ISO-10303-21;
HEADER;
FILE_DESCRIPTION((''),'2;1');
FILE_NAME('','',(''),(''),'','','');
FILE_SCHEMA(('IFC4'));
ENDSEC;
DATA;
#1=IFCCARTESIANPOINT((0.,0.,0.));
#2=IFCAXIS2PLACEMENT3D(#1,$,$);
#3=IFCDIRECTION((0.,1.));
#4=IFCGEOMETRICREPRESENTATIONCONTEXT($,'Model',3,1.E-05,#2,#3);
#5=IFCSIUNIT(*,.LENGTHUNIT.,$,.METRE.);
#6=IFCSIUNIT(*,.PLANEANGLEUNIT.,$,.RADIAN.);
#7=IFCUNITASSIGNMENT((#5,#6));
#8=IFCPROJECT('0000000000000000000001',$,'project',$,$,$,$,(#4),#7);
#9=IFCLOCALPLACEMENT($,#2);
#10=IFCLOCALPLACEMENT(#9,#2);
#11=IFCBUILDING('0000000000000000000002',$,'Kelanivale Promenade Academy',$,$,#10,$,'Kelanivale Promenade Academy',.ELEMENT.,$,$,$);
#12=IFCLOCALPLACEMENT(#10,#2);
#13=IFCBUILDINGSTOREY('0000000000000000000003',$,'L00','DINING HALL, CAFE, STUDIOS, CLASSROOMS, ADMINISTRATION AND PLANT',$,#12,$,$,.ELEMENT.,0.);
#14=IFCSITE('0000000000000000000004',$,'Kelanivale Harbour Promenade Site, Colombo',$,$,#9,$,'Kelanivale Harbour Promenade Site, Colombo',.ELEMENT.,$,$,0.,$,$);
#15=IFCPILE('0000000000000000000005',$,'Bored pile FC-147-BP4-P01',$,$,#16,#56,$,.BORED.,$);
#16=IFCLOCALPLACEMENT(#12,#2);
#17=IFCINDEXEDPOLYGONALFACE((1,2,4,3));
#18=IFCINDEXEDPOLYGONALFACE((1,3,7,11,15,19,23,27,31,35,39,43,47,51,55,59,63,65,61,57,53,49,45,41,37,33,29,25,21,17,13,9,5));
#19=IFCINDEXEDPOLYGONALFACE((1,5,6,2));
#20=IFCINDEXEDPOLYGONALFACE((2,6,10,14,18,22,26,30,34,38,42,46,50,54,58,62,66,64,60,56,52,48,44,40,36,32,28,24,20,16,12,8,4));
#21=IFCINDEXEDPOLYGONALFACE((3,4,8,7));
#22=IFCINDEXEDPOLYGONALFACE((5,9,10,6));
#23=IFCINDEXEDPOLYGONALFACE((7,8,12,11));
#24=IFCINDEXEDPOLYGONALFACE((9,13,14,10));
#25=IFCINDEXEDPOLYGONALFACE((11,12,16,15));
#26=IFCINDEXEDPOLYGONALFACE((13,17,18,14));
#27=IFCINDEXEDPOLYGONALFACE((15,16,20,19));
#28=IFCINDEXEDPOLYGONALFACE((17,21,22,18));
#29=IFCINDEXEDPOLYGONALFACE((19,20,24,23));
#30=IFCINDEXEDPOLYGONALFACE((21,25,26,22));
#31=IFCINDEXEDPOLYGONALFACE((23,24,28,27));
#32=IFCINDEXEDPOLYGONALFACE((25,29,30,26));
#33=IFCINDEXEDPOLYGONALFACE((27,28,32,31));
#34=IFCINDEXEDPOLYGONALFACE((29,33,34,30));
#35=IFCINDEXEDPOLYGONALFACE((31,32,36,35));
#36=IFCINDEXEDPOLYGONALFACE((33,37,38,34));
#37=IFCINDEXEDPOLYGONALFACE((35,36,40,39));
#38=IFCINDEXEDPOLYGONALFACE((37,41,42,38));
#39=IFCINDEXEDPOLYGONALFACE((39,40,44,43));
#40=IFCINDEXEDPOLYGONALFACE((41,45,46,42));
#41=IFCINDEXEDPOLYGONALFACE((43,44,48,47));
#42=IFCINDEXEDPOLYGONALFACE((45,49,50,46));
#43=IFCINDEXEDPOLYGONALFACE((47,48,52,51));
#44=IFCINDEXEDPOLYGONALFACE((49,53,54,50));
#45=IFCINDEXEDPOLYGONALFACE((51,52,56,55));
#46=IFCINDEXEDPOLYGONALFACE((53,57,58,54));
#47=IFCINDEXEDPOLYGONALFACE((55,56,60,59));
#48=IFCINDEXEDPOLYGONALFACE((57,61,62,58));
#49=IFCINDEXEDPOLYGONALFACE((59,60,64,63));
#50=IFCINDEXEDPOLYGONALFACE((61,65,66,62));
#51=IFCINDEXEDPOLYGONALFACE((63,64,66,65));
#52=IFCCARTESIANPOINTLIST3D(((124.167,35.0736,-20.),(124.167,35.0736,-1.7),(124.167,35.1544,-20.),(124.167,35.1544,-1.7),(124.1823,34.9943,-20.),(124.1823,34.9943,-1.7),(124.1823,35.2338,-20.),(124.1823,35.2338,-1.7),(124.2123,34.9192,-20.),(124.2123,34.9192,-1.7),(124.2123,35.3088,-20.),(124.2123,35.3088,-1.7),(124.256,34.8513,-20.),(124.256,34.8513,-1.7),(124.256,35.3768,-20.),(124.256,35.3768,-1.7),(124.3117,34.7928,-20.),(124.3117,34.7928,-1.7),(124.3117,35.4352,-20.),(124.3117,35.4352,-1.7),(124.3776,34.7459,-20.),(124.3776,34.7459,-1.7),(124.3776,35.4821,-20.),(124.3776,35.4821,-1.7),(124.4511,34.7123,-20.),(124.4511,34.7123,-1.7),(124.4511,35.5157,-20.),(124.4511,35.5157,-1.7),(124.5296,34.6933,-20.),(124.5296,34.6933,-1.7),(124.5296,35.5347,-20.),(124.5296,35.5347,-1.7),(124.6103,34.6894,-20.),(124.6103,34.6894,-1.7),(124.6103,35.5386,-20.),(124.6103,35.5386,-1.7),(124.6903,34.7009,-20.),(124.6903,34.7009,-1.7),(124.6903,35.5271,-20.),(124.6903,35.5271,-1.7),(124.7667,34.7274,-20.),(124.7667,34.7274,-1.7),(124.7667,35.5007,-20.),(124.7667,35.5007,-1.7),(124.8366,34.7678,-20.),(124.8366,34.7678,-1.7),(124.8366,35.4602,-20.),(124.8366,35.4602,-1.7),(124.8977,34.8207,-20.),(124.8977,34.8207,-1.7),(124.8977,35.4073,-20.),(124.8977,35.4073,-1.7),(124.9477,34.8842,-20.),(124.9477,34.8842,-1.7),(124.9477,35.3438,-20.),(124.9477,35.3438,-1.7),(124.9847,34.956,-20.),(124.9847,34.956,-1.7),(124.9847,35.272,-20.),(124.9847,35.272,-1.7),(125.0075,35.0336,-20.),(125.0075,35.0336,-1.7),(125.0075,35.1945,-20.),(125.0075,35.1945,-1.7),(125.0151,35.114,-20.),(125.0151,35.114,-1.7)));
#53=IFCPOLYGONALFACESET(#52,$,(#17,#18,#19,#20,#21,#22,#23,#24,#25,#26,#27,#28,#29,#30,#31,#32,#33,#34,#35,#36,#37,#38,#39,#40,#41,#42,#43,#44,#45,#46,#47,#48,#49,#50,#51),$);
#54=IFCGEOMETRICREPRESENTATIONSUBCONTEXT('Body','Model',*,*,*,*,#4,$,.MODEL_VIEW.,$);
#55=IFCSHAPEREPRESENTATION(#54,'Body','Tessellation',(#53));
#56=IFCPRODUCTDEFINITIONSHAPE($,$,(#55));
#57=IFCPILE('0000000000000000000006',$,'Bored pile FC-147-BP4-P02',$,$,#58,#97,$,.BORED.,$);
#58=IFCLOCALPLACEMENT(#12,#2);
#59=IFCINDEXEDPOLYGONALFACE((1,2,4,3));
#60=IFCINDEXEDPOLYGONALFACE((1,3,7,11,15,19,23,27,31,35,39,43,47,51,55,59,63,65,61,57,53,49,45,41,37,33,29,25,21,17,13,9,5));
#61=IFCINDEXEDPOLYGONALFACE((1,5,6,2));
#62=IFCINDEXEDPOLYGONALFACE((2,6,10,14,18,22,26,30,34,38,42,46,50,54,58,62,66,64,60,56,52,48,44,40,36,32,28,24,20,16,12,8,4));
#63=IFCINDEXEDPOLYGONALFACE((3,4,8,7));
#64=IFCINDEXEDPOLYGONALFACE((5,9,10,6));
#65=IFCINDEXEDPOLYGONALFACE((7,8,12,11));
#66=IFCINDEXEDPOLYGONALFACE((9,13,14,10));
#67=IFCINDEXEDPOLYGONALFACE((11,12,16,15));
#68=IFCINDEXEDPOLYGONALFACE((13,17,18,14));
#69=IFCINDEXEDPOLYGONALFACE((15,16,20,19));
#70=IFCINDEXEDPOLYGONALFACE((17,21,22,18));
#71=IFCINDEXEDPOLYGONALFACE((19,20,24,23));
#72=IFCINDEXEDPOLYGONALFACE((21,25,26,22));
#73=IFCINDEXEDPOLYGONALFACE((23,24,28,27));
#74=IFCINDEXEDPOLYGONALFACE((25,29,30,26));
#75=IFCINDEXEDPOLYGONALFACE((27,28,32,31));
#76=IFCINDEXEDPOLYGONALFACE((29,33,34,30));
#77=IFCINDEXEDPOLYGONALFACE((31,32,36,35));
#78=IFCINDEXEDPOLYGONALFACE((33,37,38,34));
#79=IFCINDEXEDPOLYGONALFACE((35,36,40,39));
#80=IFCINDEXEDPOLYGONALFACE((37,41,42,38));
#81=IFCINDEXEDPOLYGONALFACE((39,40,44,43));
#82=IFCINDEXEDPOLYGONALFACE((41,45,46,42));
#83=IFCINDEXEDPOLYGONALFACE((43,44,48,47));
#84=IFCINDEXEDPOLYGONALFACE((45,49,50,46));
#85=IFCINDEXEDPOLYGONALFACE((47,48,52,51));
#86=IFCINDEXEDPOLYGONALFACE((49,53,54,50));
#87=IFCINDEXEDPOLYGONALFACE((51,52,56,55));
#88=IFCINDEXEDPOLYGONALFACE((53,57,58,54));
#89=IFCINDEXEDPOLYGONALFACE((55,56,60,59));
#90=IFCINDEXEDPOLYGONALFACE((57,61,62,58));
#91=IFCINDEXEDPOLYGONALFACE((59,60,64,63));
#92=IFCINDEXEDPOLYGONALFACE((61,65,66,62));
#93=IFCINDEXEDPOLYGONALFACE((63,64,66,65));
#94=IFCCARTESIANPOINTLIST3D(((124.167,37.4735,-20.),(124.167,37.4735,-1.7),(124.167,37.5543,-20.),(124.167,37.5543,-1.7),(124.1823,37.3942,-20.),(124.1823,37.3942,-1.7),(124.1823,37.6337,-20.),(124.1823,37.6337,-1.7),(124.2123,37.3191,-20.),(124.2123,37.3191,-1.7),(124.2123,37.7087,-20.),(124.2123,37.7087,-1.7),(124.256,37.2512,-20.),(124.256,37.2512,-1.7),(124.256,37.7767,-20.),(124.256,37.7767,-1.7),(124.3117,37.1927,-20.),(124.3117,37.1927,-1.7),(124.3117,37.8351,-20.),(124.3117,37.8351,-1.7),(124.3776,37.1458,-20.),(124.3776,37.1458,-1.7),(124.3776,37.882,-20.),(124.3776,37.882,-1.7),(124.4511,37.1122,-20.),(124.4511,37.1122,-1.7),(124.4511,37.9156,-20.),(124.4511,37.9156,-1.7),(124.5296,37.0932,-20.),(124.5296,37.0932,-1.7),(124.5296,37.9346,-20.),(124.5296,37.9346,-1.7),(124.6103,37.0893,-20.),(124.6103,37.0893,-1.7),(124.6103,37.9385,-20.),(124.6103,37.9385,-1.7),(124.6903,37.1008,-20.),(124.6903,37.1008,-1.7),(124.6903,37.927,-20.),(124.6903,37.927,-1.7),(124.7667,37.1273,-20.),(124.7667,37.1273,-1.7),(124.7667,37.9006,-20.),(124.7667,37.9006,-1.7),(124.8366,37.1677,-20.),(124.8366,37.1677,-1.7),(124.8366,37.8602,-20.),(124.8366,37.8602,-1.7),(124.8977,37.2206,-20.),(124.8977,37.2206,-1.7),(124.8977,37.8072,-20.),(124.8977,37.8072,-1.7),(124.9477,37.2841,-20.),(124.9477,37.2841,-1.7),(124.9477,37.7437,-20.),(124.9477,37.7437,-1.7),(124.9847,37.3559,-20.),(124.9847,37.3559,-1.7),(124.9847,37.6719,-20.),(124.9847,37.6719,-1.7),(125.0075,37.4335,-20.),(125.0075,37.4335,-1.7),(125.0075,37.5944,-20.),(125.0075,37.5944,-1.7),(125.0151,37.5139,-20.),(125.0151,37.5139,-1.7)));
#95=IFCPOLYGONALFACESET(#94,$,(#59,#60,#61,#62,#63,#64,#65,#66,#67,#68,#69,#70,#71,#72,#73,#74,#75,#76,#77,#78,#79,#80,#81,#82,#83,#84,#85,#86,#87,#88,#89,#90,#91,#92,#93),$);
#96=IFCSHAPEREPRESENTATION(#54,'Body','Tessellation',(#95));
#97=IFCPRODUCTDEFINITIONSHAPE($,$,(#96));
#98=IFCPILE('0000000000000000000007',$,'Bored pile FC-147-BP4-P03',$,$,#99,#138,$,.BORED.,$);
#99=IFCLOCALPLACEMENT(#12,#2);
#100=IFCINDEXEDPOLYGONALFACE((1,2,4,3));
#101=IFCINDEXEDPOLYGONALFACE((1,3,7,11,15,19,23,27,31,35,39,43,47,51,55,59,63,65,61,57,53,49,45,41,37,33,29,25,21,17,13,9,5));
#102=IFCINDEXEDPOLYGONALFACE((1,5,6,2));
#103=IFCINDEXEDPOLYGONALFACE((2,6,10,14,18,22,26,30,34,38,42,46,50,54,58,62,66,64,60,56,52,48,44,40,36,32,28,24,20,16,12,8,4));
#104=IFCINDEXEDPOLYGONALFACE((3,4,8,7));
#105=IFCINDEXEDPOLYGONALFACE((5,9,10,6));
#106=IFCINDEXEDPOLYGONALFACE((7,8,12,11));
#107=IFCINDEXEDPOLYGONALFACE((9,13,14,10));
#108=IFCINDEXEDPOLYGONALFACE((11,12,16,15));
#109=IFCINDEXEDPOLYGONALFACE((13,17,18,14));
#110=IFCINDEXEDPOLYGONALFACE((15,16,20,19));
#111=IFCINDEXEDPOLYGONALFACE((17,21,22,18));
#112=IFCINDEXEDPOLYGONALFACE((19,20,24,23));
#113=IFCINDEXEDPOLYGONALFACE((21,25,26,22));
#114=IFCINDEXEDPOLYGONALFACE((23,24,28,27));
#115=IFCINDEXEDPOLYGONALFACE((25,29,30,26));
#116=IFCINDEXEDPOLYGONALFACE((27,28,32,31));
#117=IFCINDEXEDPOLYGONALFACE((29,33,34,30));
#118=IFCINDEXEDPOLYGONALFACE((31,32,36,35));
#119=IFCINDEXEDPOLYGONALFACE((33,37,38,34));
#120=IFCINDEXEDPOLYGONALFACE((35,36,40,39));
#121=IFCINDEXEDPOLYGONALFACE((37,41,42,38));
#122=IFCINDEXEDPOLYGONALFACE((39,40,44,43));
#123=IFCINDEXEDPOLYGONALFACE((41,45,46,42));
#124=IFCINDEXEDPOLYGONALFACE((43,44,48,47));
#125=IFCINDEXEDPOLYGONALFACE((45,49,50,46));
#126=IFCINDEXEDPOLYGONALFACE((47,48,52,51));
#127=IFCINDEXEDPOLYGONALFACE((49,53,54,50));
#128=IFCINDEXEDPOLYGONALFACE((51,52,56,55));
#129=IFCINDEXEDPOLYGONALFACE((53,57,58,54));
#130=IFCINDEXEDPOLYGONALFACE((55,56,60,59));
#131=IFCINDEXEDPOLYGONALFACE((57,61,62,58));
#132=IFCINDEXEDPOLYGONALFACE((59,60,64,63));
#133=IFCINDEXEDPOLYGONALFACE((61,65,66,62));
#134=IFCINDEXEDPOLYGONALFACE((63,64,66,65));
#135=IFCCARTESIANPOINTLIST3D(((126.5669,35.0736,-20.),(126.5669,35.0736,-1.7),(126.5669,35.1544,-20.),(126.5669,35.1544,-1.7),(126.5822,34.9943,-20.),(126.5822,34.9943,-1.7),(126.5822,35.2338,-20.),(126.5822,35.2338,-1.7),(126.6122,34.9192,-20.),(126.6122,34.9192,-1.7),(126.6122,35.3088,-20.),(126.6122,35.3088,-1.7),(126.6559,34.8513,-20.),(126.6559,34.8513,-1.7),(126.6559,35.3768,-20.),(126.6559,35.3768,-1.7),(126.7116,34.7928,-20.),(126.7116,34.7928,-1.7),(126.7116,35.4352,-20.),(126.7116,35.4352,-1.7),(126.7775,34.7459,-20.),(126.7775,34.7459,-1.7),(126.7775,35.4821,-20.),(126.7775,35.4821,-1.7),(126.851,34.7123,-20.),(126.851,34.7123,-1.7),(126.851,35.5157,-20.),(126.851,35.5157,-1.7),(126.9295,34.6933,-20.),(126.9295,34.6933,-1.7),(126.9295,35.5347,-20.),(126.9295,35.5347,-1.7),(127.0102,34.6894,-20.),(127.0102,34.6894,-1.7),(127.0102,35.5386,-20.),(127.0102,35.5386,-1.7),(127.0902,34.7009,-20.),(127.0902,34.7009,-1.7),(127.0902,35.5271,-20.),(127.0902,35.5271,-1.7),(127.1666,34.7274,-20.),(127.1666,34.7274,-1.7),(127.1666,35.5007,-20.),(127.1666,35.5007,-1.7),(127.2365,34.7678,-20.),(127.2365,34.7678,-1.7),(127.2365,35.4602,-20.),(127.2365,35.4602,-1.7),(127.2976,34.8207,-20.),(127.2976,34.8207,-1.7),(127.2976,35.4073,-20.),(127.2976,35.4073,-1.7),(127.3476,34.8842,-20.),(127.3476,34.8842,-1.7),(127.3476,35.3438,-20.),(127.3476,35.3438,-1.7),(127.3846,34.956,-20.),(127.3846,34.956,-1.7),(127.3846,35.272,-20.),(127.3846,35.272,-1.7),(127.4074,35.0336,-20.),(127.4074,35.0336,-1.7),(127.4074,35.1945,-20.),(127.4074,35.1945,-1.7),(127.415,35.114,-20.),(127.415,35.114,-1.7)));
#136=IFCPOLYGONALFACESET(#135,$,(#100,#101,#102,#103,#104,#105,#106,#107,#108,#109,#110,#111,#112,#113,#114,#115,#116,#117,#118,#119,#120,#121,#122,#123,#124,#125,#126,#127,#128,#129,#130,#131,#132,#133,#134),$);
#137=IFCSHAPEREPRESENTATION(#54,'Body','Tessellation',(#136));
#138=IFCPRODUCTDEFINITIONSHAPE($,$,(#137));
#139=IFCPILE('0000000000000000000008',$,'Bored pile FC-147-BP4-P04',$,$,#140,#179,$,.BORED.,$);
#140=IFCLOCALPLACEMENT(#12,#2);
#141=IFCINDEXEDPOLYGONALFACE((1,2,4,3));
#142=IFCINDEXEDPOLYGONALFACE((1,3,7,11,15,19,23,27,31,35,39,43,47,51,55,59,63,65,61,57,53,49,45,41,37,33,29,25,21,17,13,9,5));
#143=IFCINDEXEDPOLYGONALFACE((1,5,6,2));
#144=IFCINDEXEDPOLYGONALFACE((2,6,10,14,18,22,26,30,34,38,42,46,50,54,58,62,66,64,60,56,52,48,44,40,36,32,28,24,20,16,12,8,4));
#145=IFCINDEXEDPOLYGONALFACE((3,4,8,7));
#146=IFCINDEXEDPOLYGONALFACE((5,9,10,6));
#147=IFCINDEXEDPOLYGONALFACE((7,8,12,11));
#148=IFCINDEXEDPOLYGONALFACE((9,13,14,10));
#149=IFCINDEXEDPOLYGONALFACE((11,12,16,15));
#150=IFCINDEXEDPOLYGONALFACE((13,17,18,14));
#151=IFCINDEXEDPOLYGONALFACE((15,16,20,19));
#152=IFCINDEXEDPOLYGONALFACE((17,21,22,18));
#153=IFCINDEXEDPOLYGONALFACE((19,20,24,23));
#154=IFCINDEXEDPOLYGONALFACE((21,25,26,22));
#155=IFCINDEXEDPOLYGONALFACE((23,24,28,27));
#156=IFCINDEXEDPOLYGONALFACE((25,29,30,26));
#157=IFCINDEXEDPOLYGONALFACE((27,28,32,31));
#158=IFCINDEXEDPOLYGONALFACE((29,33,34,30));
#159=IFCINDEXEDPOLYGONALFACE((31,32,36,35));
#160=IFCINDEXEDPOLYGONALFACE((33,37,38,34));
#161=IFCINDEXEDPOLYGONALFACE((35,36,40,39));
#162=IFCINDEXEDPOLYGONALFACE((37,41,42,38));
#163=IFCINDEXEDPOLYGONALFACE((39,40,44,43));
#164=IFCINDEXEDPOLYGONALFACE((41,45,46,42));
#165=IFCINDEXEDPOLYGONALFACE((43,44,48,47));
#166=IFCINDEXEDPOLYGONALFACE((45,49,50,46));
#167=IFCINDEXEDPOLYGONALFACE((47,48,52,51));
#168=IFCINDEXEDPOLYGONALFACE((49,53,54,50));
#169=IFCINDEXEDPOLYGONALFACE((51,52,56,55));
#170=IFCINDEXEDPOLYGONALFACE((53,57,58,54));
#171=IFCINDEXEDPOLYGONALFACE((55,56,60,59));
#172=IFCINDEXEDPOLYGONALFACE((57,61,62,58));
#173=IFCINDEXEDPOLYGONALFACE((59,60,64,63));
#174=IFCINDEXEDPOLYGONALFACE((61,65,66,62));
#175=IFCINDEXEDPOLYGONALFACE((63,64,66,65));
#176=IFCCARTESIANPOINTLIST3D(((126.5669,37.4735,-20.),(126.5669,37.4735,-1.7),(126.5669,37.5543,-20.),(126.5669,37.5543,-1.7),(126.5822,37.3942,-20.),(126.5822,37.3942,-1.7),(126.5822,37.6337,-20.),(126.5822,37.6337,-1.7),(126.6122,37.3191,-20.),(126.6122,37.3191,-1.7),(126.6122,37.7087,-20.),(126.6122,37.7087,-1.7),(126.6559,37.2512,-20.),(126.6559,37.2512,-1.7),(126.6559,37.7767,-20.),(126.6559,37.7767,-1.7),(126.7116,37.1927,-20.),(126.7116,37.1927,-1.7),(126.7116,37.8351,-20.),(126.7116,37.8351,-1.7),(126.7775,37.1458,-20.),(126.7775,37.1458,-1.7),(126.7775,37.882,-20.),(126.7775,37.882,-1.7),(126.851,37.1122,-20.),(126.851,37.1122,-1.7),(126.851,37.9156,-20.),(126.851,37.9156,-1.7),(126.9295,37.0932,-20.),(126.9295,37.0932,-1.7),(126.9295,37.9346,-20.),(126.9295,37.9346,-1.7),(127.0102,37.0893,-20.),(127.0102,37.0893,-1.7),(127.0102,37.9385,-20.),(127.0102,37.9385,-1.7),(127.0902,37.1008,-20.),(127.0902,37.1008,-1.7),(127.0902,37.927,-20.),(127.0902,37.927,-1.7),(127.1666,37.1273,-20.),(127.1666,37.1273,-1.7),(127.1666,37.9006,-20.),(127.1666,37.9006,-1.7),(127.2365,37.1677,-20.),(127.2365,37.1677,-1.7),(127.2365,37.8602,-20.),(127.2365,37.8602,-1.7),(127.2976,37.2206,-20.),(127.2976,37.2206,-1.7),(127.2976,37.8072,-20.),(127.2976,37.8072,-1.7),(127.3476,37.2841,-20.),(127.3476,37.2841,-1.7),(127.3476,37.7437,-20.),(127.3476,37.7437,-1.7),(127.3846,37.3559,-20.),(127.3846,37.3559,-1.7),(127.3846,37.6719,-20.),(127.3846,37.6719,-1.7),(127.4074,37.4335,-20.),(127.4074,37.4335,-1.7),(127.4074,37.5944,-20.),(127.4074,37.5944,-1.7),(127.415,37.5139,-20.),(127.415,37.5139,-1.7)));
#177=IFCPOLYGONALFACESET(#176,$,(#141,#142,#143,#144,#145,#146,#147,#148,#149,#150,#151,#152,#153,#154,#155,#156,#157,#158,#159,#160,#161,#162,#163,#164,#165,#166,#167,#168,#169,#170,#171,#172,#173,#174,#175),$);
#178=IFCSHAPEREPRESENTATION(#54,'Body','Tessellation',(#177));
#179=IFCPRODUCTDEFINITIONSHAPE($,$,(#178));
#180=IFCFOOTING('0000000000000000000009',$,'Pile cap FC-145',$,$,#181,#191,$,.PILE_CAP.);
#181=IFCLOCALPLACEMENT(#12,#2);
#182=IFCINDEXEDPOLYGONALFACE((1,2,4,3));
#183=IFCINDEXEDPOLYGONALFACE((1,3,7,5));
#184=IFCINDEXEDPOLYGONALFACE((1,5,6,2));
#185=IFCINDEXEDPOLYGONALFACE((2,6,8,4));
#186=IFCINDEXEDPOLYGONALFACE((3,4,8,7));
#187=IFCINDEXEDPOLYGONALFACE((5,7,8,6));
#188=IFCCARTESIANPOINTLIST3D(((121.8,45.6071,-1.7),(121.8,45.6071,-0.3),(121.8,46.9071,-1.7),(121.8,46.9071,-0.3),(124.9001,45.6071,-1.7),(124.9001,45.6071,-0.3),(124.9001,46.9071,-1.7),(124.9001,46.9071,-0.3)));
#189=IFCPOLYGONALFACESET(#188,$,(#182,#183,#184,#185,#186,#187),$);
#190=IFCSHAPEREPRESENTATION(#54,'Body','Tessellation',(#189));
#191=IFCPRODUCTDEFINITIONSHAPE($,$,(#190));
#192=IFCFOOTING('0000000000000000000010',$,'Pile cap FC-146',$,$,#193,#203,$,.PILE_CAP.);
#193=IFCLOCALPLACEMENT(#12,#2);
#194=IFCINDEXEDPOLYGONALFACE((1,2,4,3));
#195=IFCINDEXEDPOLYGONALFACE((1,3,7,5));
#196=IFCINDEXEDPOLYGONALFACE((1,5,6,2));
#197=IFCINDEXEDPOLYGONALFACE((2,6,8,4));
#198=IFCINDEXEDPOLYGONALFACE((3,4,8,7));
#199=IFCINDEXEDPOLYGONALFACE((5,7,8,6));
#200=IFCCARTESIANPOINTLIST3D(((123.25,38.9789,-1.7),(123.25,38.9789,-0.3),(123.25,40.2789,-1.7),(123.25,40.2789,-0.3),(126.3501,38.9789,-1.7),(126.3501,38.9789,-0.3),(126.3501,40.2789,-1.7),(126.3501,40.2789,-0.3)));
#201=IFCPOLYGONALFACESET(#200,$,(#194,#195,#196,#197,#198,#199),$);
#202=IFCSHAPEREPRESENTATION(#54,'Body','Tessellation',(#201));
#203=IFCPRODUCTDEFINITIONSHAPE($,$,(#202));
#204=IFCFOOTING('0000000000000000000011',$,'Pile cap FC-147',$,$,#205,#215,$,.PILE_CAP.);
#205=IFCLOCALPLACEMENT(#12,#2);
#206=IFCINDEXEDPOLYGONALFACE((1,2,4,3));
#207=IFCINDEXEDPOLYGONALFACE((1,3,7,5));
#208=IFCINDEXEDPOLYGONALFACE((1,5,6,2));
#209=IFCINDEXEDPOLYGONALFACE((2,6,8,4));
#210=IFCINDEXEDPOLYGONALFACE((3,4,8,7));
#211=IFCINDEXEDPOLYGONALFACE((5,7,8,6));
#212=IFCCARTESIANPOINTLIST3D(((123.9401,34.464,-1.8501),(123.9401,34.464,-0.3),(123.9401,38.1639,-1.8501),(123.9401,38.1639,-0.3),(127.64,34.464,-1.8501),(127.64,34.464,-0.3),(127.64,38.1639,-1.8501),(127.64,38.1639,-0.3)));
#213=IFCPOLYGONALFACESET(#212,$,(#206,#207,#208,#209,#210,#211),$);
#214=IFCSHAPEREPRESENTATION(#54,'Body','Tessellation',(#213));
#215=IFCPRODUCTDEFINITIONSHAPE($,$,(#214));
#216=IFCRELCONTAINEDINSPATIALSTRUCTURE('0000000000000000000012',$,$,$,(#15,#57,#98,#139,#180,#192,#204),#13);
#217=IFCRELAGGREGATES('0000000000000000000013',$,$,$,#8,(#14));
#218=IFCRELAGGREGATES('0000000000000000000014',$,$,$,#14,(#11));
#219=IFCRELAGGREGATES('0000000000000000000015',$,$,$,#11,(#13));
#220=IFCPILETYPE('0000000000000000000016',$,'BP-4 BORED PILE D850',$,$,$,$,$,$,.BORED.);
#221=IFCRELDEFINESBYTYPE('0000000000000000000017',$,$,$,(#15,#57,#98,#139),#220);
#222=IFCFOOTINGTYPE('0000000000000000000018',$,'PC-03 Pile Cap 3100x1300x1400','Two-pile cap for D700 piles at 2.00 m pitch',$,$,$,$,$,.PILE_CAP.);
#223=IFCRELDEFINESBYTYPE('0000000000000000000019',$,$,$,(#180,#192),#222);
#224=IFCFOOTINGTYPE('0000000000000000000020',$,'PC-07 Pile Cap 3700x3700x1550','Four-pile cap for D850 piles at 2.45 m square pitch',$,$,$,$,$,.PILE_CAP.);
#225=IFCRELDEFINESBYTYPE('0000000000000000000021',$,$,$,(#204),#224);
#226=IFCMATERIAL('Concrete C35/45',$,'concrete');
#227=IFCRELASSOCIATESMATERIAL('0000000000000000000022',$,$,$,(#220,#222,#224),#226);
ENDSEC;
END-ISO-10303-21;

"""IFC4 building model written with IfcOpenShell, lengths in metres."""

from ifc_helpers import new_model, si_unit, direction, frame, origin, origin_2d, place, context, subcontext, project, spatial, rectangle, circle, extrude, material, material_profile, profile_set, type_object, element, save


model = new_model("IFC4")

# Units and contexts
model_context = context("Model", 3, precision=1e-05, world=origin(), true_north=direction((0.0, 1.0)))
body_context = subcontext(model_context, "Body", "Model", "MODEL_VIEW")
ifc_project = project(units=[si_unit("LENGTHUNIT", "METRE"), si_unit("PLANEANGLEUNIT", "RADIAN")], contexts=[model_context])

# Site, building, storey
site_placement = place(None, origin())
site = spatial("IfcSite", under=ifc_project, at=site_placement, Name="Kelanivale Harbour Promenade Site, Colombo", LongName="Kelanivale Harbour Promenade Site, Colombo", CompositionType="ELEMENT", RefElevation=0.0)
building_placement = place(site_placement, origin())
building = spatial("IfcBuilding", under=site, at=building_placement, Name="Kelanivale Promenade Academy", LongName="Kelanivale Promenade Academy", CompositionType="ELEMENT")
storey_placement = place(building_placement, origin())
storey = spatial("IfcBuildingStorey", under=building, at=storey_placement, Name="L00", Description="DINING HALL, CAFE, STUDIOS, CLASSROOMS, ADMINISTRATION AND PLANT", CompositionType="ELEMENT", Elevation=0.0)

# Piles
ifc_material_1 = material(Name="Concrete C35/45", Category="concrete")
ifc_material_profile_1 = material_profile(ifc_material_1, circle(Radius=0.425, at=origin_2d()), Name="BORED PILE D850")
ifc_profile_set_1 = profile_set([ifc_material_profile_1], Name="Concrete C35/45")
pile_type_1 = type_object("IfcPileType", Name="BP-4 BORED PILE D850", PredefinedType="BORED", material=ifc_profile_set_1)
for number, where, z_axis, x_axis, name in (
    (1, (124.5901, 35.114, -1.7), (0.0, 0.0, -1.0), (1.0, 0.0, 0.0), "Bored pile FC-147-BP4-P01"),
    (2, (124.5901, 37.5139, -1.7), (0.0, 0.0, -1.0), (1.0, 0.0, 0.0), "Bored pile FC-147-BP4-P02"),
    (3, (126.99, 35.114, -1.7), (0.0, 0.0, -1.0), (1.0, 0.0, 0.0), "Bored pile FC-147-BP4-P03"),
    (4, (126.99, 37.5139, -1.7), (0.0, 0.0, -1.0), (1.0, 0.0, 0.0), "Bored pile FC-147-BP4-P04"),
):
    element("IfcPile", number, at=place(storey_placement, frame(where, z_axis=z_axis, x_axis=x_axis)), inside=storey, type_object=pile_type_1, Name=name, PredefinedType="BORED", context=body_context, shape_type="SweptSolid", body=[
        extrude(circle(Radius=0.425, at=origin_2d()), origin(), (0.0, 0.0, 1.0), 18.3),
    ])

# Footings
footing_type_1 = type_object("IfcFootingType", Name="PC-03 Pile Cap 3100x1300x1400", Description="Two-pile cap for D700 piles at 2.00 m pitch", PredefinedType="PILE_CAP", material=ifc_material_1)
for number, where, z_axis, x_axis, name in (
    (5, (123.3501, 46.2571, -1.7), (0.0, 0.0, 1.0), (1.0, 0.0, 0.0), "Pile cap FC-145"),
    (6, (124.8, 39.6289, -1.7), (0.0, 0.0, 1.0), (1.0, 0.0, 0.0), "Pile cap FC-146"),
):
    element("IfcFooting", number, at=place(storey_placement, frame(where, z_axis=z_axis, x_axis=x_axis)), inside=storey, type_object=footing_type_1, Name=name, PredefinedType="PILE_CAP", context=body_context, shape_type="SweptSolid", body=[
        extrude(rectangle(XDim=3.1001, YDim=1.3, at=origin_2d()), origin(), (0.0, 0.0, 1.0), 1.3999),
    ])
footing_type_2 = type_object("IfcFootingType", Name="PC-07 Pile Cap 3700x3700x1550", Description="Four-pile cap for D850 piles at 2.45 m square pitch", PredefinedType="PILE_CAP", material=ifc_material_1)
footing_1_placement = place(storey_placement, frame((125.79, 36.314, -1.8501), z_axis=(0.0, 0.0, 1.0), x_axis=(1.0, 0.0, 0.0)))
element("IfcFooting", 7, at=footing_1_placement, inside=storey, type_object=footing_type_2, Name="Pile cap FC-147", PredefinedType="PILE_CAP", context=body_context, shape_type="SweptSolid", body=[
    extrude(rectangle(XDim=3.7, YDim=3.7, at=origin_2d()), origin(), (0.0, 0.0, 1.0), 1.55),
])

save(model, "model.ifc")
